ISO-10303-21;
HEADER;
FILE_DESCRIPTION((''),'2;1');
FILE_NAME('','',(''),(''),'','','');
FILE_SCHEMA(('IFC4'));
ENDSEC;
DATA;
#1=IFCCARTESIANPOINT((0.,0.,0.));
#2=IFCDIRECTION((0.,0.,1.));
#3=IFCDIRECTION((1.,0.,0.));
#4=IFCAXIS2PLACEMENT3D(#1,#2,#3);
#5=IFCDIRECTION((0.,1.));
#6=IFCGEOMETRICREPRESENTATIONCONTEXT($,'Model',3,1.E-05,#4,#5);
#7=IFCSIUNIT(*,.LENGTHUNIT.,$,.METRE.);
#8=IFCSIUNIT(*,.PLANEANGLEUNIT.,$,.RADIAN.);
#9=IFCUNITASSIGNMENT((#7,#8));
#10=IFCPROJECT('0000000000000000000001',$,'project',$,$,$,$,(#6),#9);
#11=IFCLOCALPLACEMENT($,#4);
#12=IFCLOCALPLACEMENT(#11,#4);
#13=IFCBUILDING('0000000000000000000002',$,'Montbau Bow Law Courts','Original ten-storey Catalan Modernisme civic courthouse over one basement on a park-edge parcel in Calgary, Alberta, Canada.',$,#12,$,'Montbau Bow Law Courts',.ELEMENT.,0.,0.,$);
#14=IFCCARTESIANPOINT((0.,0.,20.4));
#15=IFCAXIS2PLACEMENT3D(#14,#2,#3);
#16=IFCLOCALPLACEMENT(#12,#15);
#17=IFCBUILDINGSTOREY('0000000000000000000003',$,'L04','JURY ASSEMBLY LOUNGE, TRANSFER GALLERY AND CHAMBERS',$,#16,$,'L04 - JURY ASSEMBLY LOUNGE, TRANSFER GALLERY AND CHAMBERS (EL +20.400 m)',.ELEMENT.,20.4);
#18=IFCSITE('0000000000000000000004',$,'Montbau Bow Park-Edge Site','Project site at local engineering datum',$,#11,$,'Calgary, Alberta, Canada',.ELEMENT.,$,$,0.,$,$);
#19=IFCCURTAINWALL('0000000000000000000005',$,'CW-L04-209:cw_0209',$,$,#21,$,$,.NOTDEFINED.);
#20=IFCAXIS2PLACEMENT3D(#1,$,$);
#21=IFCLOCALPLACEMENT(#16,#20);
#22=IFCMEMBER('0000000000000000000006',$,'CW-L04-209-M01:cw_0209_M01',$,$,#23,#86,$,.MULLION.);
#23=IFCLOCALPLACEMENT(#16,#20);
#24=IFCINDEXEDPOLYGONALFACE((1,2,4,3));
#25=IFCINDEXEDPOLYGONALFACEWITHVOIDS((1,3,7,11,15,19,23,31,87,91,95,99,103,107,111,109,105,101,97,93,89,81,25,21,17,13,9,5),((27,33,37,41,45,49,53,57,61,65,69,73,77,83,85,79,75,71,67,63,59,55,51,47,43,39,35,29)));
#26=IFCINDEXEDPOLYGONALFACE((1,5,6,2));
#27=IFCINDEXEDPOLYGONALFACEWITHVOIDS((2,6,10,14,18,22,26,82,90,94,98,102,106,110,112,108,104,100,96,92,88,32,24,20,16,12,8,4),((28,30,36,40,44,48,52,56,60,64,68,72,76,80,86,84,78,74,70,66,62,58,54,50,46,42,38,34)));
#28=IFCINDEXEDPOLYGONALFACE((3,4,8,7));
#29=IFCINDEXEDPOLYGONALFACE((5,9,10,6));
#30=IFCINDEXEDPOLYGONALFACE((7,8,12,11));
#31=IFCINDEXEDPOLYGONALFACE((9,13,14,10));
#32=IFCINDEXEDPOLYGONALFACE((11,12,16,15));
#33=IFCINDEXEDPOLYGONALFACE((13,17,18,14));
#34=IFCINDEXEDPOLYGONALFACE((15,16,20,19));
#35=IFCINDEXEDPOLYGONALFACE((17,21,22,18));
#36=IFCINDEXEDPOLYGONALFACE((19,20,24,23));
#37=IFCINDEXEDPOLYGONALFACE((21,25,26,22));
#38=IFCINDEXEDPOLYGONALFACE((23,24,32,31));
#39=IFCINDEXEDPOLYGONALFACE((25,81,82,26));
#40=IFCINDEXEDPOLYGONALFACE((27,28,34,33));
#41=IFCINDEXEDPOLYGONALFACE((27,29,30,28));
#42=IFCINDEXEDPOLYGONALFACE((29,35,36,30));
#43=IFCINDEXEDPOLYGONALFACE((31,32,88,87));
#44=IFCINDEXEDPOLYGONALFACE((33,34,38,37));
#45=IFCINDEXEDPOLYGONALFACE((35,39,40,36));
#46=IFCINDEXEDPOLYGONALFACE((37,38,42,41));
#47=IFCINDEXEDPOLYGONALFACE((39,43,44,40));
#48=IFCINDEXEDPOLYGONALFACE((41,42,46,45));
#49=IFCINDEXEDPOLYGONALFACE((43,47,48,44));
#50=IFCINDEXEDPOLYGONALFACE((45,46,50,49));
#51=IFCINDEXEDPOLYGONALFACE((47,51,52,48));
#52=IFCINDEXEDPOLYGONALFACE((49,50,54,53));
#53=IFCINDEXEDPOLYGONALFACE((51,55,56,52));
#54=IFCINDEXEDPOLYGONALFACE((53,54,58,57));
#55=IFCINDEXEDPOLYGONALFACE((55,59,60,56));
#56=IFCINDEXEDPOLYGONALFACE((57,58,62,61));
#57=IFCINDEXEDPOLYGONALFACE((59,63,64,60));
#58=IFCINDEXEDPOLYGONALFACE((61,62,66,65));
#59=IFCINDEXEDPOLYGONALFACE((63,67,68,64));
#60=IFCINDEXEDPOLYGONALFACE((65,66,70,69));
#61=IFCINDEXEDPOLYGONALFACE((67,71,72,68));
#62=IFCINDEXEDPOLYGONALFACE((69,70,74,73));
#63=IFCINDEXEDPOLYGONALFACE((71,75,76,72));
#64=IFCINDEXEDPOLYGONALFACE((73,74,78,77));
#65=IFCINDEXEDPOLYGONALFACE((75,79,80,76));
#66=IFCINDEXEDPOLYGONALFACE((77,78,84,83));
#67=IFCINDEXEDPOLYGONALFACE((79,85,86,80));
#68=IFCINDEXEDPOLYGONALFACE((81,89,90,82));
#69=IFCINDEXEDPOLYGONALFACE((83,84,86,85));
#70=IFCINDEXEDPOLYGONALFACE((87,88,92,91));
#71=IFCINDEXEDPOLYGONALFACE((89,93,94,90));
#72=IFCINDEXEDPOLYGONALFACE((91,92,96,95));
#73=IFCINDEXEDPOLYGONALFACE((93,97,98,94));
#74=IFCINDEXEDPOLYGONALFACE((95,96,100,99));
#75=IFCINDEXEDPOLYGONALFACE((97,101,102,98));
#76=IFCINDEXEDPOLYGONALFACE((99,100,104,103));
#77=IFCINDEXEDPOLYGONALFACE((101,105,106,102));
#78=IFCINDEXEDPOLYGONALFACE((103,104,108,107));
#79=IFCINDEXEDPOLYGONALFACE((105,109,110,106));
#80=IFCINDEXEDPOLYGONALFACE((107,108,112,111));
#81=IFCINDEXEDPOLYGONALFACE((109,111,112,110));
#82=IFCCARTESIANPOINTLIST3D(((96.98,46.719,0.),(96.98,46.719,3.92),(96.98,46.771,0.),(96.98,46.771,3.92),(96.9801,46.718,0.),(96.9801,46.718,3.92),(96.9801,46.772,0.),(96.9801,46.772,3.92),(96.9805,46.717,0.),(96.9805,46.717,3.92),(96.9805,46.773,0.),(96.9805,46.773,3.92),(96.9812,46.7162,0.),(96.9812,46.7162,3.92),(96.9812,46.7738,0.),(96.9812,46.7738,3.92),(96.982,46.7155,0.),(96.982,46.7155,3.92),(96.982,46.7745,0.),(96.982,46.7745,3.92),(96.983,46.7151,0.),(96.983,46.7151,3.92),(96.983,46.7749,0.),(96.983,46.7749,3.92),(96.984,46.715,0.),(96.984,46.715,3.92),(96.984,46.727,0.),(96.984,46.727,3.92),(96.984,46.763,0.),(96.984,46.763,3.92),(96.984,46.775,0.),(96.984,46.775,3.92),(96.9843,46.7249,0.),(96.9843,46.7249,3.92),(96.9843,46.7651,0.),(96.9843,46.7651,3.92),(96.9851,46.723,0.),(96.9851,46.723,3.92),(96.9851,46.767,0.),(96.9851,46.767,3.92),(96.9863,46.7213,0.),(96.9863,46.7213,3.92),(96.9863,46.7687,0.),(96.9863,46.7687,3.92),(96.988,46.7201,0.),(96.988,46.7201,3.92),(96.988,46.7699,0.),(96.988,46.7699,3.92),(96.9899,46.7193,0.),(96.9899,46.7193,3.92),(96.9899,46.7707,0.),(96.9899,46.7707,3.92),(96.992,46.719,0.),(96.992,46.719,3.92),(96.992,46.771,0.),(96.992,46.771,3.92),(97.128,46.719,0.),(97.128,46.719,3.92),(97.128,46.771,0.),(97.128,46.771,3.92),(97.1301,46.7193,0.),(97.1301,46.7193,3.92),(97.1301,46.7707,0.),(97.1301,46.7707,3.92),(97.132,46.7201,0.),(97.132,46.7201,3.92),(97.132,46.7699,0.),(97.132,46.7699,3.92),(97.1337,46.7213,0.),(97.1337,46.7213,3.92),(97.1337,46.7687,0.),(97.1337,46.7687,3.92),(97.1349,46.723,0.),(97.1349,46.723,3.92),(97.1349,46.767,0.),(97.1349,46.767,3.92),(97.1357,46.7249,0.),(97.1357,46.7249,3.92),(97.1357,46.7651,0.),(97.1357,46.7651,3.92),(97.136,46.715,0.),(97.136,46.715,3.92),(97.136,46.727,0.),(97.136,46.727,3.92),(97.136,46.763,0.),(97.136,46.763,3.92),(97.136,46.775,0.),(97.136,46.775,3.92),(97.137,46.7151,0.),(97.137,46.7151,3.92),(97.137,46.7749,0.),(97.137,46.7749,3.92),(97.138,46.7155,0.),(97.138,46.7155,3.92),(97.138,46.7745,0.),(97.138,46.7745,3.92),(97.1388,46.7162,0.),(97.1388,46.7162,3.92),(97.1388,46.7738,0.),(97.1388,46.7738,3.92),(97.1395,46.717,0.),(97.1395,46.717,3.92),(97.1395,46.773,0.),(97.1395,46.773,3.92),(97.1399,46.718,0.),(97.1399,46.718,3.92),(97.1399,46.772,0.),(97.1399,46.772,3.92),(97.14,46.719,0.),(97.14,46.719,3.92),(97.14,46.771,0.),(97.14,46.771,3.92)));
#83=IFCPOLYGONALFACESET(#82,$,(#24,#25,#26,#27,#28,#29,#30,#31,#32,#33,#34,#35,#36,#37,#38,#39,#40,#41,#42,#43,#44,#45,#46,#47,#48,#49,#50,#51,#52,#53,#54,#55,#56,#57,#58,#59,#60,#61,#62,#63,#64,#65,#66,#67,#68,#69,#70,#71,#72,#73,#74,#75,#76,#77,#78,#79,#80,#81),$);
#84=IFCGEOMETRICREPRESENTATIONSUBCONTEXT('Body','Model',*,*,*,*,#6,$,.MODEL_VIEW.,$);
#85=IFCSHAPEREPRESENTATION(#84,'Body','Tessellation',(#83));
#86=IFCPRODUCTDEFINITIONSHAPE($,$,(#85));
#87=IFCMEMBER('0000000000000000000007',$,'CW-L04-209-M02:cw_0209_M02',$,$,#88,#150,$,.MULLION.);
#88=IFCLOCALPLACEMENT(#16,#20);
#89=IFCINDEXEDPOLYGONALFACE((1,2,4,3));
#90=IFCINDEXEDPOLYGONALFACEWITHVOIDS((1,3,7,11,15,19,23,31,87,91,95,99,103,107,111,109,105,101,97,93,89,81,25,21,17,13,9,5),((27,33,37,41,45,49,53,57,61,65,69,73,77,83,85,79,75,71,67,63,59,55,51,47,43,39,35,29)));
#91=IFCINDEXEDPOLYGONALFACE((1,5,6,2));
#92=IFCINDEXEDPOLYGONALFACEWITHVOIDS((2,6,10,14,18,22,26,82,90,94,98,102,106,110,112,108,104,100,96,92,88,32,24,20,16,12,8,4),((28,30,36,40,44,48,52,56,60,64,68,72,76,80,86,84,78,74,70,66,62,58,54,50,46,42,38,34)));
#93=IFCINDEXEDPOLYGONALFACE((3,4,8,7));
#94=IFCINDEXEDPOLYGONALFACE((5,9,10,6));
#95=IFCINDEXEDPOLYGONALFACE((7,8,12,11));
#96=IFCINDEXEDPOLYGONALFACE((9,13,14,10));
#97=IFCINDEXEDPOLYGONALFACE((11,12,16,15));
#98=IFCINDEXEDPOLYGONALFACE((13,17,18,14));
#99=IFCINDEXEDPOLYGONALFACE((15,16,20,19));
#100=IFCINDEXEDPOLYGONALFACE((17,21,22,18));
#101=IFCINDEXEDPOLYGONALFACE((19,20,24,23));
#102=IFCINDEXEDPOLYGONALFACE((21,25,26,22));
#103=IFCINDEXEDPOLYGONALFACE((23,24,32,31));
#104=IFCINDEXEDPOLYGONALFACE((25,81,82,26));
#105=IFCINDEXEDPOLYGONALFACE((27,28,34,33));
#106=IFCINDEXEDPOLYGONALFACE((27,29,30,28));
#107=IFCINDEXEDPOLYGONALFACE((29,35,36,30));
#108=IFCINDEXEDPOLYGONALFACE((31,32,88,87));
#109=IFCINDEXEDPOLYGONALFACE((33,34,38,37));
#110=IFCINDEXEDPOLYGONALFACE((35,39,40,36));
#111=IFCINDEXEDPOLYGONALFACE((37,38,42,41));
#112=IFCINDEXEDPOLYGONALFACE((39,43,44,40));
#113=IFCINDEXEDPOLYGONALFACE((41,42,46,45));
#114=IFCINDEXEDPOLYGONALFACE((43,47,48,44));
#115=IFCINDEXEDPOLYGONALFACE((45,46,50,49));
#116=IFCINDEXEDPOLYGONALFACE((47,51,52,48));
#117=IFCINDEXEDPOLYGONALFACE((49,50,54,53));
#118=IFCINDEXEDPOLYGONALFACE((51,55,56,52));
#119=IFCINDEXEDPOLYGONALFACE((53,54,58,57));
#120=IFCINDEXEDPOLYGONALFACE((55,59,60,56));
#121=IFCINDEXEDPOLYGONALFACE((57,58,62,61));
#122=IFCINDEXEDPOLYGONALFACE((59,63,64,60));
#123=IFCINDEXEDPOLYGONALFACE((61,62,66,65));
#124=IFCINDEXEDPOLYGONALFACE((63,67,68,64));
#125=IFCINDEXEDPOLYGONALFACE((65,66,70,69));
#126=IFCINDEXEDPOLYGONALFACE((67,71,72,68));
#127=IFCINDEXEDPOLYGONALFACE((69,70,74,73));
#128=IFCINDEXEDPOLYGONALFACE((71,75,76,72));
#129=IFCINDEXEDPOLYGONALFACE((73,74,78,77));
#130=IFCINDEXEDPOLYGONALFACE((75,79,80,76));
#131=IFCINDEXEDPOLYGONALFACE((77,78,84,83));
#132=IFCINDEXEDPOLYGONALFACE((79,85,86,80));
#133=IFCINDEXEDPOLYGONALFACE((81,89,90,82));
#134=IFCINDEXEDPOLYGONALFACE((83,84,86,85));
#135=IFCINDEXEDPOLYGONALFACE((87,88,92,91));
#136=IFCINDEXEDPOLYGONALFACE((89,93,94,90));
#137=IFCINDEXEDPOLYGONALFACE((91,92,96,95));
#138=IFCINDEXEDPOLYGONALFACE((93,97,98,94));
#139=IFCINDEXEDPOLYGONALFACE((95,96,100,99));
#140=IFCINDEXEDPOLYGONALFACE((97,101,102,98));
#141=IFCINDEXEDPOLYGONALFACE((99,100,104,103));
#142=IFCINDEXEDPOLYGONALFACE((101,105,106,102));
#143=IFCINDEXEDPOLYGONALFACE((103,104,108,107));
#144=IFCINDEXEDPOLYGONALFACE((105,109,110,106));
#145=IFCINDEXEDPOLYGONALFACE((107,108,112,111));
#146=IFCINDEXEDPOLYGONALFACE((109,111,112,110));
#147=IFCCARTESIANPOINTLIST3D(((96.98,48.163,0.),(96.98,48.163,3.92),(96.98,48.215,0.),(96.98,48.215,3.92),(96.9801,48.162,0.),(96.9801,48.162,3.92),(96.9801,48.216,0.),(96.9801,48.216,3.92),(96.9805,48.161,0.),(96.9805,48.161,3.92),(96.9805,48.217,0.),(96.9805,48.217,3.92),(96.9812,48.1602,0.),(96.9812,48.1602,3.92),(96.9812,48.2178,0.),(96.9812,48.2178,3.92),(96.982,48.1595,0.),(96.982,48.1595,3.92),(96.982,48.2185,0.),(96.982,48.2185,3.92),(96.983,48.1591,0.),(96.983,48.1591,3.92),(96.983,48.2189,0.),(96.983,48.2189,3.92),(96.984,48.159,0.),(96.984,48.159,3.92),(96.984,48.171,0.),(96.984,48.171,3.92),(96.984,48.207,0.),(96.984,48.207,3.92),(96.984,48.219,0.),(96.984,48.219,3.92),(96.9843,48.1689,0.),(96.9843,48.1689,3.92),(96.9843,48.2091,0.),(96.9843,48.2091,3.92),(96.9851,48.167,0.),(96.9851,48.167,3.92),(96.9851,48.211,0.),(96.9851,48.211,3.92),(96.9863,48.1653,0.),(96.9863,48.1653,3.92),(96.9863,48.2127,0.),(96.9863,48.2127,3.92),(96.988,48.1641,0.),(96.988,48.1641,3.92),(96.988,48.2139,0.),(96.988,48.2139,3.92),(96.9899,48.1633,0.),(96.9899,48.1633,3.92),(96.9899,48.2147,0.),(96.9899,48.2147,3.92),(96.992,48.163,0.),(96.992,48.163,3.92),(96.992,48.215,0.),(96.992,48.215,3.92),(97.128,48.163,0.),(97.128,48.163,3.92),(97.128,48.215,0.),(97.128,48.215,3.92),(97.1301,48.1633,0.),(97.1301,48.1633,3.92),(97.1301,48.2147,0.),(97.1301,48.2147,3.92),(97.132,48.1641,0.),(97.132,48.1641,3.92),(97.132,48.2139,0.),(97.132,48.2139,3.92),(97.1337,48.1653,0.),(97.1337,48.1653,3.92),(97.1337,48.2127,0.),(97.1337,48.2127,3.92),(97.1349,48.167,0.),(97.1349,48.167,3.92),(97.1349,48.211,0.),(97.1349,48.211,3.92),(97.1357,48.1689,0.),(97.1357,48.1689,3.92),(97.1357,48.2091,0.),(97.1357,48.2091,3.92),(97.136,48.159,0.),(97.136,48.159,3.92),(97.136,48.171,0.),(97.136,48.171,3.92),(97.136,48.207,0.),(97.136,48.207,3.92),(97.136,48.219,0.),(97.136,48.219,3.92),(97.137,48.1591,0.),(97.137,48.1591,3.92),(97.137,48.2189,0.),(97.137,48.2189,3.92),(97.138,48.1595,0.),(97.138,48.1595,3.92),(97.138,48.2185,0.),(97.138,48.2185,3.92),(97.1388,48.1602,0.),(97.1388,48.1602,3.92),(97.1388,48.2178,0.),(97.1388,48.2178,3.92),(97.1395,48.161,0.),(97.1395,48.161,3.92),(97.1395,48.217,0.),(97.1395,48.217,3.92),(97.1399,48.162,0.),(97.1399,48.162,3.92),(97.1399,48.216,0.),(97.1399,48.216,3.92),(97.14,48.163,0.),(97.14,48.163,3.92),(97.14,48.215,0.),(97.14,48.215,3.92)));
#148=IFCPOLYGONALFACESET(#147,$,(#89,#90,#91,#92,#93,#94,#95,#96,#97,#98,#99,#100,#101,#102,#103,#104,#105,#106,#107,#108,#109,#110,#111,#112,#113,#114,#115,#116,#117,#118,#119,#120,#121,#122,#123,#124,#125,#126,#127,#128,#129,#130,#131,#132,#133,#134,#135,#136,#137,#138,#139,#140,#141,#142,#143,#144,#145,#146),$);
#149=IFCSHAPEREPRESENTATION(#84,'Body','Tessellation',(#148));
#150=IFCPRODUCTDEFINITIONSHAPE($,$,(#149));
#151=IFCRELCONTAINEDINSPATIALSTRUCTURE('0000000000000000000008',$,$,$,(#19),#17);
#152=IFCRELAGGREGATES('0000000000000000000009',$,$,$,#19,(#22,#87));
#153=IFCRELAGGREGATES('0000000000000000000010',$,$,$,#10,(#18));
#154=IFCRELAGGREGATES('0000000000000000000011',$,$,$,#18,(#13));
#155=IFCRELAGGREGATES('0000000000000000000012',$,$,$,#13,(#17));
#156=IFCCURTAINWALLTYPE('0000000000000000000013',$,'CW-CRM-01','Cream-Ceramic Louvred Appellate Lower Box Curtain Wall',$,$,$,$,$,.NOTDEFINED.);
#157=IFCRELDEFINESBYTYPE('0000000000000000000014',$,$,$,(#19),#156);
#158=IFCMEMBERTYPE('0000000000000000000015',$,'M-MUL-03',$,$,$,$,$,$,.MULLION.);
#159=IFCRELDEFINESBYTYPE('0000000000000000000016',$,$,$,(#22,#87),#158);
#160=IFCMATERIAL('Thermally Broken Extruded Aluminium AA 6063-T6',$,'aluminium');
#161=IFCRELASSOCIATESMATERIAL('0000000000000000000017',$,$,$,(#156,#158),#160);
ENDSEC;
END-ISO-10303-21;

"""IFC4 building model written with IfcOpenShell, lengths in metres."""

from ifc_helpers import new_model, si_unit, direction, frame, origin_with_axes, origin_2d_with_axis, place, context, subcontext, project, spatial, hollow_rectangle, extrude, material, material_profile, profile_set, type_object, element, aggregate, save


model = new_model("IFC4")

# Units and contexts
model_context = context("Model", 3, precision=1e-05, world=origin_with_axes(), true_north=direction((0.0, 1.0)))
body_context = subcontext(model_context, "Body", "Model", "MODEL_VIEW")
ifc_project = project(units=[si_unit("LENGTHUNIT", "METRE"), si_unit("PLANEANGLEUNIT", "RADIAN")], contexts=[model_context])

# Site, building, storey
site_placement = place(None, origin_with_axes())
site = spatial("IfcSite", under=ifc_project, at=site_placement, Name="Montbau Bow Park-Edge Site", Description="Project site at local engineering datum", LongName="Calgary, Alberta, Canada", CompositionType="ELEMENT", RefElevation=0.0)
building_placement = place(site_placement, origin_with_axes())
building = spatial("IfcBuilding", under=site, at=building_placement, Name="Montbau Bow Law Courts", Description="Original ten-storey Catalan Modernisme civic courthouse over one basement on a park-edge parcel in Calgary, Alberta, Canada.", LongName="Montbau Bow Law Courts", CompositionType="ELEMENT", ElevationOfRefHeight=0.0, ElevationOfTerrain=0.0)
storey_placement = place(building_placement, frame((0.0, 0.0, 20.4), z_axis=(0.0, 0.0, 1.0), x_axis=(1.0, 0.0, 0.0)))
storey = spatial("IfcBuildingStorey", under=building, at=storey_placement, Name="L04", Description="JURY ASSEMBLY LOUNGE, TRANSFER GALLERY AND CHAMBERS", LongName="L04 - JURY ASSEMBLY LOUNGE, TRANSFER GALLERY AND CHAMBERS (EL +20.400 m)", CompositionType="ELEMENT", Elevation=20.4)

# Shared definitions
ifc_material_1 = material(Name="Thermally Broken Extruded Aluminium AA 6063-T6", Category="aluminium")
curtain_wall_type = type_object("IfcCurtainWallType", Name="CW-CRM-01", Description="Cream-Ceramic Louvred Appellate Lower Box Curtain Wall", PredefinedType="NOTDEFINED", material=ifc_material_1)
ifc_material_profile_1 = material_profile(ifc_material_1, hollow_rectangle(XDim=0.06, YDim=0.16, WallThickness=0.004, InnerFilletRadius=0.008, OuterFilletRadius=0.004, at=origin_2d_with_axis()), Name="CWM-160X60", Category="Main", Priority=0)
ifc_profile_set_1 = profile_set([ifc_material_profile_1], Name="Thermally Broken Extruded Aluminium AA 6063-T6")
member_type_1 = type_object("IfcMemberType", Name="M-MUL-03", PredefinedType="MULLION", material=ifc_profile_set_1)

# Curtain wall, members
curtain_wall_1_placement = place(None, frame((97.06, 46.715, 20.4), z_axis=(0.0, 0.0, 1.0), x_axis=(1.0, 0.0, 0.0)))
curtain_wall_1 = element("IfcCurtainWall", 1, at=curtain_wall_1_placement, inside=storey, type_object=curtain_wall_type, Name="CW-L04-209:cw_0209", PredefinedType="NOTDEFINED")
member_1_placement = place(None, frame((97.06, 46.745, 20.4), z_axis=(0.0, 0.0, 1.0), x_axis=(0.0, 1.0, 0.0)))
member_1 = element("IfcMember", 2, at=member_1_placement, type_object=member_type_1, Name="CW-L04-209-M01:cw_0209_M01", PredefinedType="MULLION", context=body_context, shape_type="SweptSolid", body=[
    extrude(hollow_rectangle(XDim=0.06, YDim=0.16, WallThickness=0.004, InnerFilletRadius=0.008, OuterFilletRadius=0.004, at=origin_2d_with_axis()), origin_with_axes(), (0.0, 0.0, 1.0), 3.92),
])
member_2_placement = place(None, frame((97.06, 48.189, 20.4), z_axis=(0.0, 0.0, 1.0), x_axis=(0.0, 1.0, 0.0)))
member_2 = element("IfcMember", 3, at=member_2_placement, type_object=member_type_1, Name="CW-L04-209-M02:cw_0209_M02", PredefinedType="MULLION", context=body_context, shape_type="SweptSolid", body=[
    extrude(hollow_rectangle(XDim=0.06, YDim=0.16, WallThickness=0.004, InnerFilletRadius=0.008, OuterFilletRadius=0.004, at=origin_2d_with_axis()), origin_with_axes(), (0.0, 0.0, 1.0), 3.92),
])

aggregate(curtain_wall_1, [member_1, member_2])

save(model, "model.ifc")
